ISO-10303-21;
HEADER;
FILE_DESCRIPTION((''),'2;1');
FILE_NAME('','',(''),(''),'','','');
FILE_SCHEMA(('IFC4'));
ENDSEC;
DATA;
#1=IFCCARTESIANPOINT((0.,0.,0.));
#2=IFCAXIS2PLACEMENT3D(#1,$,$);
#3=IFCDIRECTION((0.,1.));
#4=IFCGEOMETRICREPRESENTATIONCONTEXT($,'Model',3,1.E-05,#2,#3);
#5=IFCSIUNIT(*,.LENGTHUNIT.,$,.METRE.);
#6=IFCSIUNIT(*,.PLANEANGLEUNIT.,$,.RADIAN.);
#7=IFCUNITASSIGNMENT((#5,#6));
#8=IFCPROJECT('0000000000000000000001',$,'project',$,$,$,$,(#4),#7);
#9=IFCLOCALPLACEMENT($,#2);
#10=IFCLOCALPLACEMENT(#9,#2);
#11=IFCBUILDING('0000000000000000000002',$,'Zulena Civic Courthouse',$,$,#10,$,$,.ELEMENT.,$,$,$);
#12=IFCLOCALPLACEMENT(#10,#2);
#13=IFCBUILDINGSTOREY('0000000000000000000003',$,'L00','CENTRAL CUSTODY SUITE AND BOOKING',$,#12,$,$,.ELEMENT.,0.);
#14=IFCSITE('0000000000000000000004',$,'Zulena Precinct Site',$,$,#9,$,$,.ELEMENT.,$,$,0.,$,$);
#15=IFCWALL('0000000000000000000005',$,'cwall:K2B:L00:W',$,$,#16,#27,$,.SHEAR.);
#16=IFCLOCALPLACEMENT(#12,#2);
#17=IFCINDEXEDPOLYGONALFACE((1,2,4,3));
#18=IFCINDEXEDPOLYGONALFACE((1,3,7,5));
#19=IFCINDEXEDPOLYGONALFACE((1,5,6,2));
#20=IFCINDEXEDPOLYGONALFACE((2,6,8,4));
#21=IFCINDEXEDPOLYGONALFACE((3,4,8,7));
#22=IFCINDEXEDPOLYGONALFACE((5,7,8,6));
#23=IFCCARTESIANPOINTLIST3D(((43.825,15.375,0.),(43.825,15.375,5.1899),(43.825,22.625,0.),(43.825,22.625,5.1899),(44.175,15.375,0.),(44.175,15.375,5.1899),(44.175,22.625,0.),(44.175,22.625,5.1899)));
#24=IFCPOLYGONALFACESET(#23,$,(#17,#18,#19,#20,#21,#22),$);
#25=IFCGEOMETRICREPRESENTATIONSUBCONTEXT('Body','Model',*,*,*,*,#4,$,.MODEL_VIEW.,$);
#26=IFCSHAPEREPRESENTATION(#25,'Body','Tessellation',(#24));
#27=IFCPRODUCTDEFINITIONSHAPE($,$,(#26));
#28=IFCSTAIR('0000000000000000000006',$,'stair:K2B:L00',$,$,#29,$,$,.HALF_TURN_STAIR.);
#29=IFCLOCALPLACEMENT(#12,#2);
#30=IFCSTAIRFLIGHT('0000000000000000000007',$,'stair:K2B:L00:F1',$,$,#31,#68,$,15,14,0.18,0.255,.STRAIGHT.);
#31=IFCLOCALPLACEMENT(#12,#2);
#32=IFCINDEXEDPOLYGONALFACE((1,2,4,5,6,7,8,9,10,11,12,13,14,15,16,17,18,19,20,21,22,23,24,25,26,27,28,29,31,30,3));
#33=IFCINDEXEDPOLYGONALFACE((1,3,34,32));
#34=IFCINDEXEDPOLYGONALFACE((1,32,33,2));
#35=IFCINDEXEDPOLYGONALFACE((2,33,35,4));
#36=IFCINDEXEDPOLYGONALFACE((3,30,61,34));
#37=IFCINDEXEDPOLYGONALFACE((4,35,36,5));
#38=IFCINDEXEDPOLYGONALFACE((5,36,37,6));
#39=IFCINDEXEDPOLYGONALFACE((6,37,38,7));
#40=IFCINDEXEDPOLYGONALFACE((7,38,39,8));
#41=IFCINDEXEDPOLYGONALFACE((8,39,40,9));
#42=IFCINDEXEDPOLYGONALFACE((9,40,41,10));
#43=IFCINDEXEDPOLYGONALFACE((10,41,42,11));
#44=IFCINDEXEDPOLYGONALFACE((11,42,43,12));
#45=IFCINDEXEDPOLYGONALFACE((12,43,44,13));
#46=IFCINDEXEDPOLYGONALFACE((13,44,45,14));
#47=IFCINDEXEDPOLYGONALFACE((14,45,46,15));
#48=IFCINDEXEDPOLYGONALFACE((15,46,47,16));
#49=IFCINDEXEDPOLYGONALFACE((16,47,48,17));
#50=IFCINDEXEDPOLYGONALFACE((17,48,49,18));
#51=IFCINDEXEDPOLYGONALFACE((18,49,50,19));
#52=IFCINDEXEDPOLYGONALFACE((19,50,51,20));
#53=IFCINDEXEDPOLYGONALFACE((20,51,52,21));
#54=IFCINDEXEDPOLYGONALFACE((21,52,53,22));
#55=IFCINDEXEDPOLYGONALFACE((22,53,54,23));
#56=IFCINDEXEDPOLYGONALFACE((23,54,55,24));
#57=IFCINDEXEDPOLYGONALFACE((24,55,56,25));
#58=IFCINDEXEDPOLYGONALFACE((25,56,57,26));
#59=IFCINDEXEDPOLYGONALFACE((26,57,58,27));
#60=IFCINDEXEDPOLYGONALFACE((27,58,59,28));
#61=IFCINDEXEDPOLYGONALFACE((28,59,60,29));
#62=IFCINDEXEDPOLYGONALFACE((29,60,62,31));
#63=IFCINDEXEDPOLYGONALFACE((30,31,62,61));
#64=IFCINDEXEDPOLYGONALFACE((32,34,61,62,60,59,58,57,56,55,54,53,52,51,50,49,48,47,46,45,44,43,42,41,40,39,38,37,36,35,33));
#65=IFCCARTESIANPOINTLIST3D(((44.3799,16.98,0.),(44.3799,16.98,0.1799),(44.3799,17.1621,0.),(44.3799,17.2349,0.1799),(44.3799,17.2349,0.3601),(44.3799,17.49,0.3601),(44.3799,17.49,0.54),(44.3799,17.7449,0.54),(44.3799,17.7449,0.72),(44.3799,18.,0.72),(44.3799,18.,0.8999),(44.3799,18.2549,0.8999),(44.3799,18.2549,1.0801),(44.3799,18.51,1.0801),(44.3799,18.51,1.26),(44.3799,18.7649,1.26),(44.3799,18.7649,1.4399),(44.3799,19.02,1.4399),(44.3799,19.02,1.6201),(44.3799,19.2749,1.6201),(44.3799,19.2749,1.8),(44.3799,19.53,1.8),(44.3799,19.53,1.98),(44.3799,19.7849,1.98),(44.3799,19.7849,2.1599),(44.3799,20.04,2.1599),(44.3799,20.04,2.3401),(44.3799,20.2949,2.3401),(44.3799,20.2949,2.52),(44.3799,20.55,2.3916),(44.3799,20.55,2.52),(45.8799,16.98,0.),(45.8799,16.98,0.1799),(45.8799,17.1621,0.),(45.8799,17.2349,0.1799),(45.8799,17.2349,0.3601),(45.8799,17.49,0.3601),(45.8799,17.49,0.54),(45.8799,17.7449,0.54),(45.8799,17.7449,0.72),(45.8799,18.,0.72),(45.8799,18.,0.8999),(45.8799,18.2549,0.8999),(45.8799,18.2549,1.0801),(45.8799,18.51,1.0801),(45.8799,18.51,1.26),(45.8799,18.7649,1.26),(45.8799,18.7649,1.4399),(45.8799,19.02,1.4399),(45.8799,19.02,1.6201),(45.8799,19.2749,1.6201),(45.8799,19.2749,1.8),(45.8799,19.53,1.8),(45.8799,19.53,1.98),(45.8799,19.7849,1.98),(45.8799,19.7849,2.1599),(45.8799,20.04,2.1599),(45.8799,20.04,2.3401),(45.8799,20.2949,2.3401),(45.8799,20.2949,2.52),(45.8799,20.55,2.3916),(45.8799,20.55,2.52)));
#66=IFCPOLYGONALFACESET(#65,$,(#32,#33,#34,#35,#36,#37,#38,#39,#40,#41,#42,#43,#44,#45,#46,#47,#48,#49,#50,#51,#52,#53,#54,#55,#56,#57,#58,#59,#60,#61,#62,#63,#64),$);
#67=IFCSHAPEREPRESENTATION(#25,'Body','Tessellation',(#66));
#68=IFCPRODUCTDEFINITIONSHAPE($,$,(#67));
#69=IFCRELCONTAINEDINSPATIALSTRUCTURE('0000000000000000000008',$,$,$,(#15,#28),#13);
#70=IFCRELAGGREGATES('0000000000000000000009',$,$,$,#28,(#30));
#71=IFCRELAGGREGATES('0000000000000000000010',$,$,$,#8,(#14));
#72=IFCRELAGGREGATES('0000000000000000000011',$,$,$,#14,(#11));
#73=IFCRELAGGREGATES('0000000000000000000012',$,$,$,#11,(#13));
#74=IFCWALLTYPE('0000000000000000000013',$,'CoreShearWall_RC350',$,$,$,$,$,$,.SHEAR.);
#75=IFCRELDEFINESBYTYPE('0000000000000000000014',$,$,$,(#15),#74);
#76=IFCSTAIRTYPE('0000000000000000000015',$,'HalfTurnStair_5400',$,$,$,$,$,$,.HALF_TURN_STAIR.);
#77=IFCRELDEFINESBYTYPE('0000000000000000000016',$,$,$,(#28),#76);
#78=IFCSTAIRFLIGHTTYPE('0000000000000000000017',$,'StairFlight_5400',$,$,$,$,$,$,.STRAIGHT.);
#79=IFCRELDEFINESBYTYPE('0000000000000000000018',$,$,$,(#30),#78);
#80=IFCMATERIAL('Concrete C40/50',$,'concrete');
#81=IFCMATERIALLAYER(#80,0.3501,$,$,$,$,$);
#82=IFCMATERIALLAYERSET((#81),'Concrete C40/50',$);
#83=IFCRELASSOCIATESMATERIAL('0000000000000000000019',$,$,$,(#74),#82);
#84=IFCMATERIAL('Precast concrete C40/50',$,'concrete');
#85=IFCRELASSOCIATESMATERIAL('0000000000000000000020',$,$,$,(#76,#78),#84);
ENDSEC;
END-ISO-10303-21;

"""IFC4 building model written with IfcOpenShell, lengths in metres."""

from ifc_helpers import new_model, si_unit, direction, frame, frame_2d, origin, place, context, subcontext, project, spatial, polyline, rectangle, outline, extrude, material, layer, layer_set, type_object, element, aggregate, save


model = new_model("IFC4")

# Units and contexts
model_context = context("Model", 3, precision=1e-05, world=origin(), true_north=direction((0.0, 1.0)))
body_context = subcontext(model_context, "Body", "Model", "MODEL_VIEW")
ifc_project = project(units=[si_unit("LENGTHUNIT", "METRE"), si_unit("PLANEANGLEUNIT", "RADIAN")], contexts=[model_context])

# Site, building, storey
site_placement = place(None, origin())
site = spatial("IfcSite", under=ifc_project, at=site_placement, Name="Zulena Precinct Site", CompositionType="ELEMENT", RefElevation=0.0)
building_placement = place(site_placement, origin())
building = spatial("IfcBuilding", under=site, at=building_placement, Name="Zulena Civic Courthouse", CompositionType="ELEMENT")
storey_placement = place(building_placement, origin())
storey = spatial("IfcBuildingStorey", under=building, at=storey_placement, Name="L00", Description="CENTRAL CUSTODY SUITE AND BOOKING", CompositionType="ELEMENT", Elevation=0.0)

# Shared definitions
ifc_material_1 = material(Name="Concrete C40/50", Category="concrete")

# Shared definitions
ifc_layer_1 = layer(ifc_material_1, 0.3501)
ifc_layer_set_1 = layer_set([ifc_layer_1], Name="Concrete C40/50")
wall_type = type_object("IfcWallType", Name="CoreShearWall_RC350", PredefinedType="SHEAR", material=ifc_layer_set_1)

# Wall
wall_1_placement = place(storey_placement, frame((44.0, 15.375, 0.0), z_axis=(0.0, 0.0, 1.0), x_axis=(0.0, 1.0, 0.0)))
element("IfcWall", 1, at=wall_1_placement, inside=storey, type_object=wall_type, Name="cwall:K2B:L00:W", PredefinedType="SHEAR", context=body_context, shape_type="SweptSolid", body=[
    extrude(rectangle(XDim=7.25, YDim=0.3501, at=frame_2d((3.625, 0.0))), origin(), (0.0, 0.0, 1.0), 5.1899),
])

# Stair, stair flight
ifc_material_2 = material(Name="Precast concrete C40/50", Category="concrete")
stair_type = type_object("IfcStairType", Name="HalfTurnStair_5400", PredefinedType="HALF_TURN_STAIR", material=ifc_material_2)
stair_placement = place(storey_placement, origin())
stair = element("IfcStair", 2, at=stair_placement, inside=storey, type_object=stair_type, Name="stair:K2B:L00", PredefinedType="HALF_TURN_STAIR")
stair_flight_type = type_object("IfcStairFlightType", Name="StairFlight_5400", PredefinedType="STRAIGHT", material=ifc_material_2)
stair_flight_placement = place(storey_placement, frame((45.1299, 16.98, 0.0), z_axis=(0.0, 0.0, 1.0), x_axis=(0.0, 1.0, 0.0)))
stair_flight = element("IfcStairFlight", 3, at=stair_flight_placement, type_object=stair_flight_type, Name="stair:K2B:L00:F1", NumberOfRisers=15, NumberOfTreads=14, PredefinedType="STRAIGHT", RiserHeight=0.18, TreadLength=0.255, context=body_context, shape_type="SweptSolid", body=[
    extrude(outline(polyline([(0.0, 0.0), (0.0, 0.1799), (0.2549, 0.1799), (0.2549, 0.3601), (0.51, 0.3601), (0.51, 0.54), (0.7649, 0.54), (0.7649, 0.72), (1.02, 0.72), (1.02, 0.8999), (1.2749, 0.8999), (1.2749, 1.0801), (1.53, 1.0801), (1.53, 1.26), (1.7849, 1.26), (1.7849, 1.4399), (2.04, 1.4399), (2.04, 1.6201), (2.2949, 1.6201), (2.2949, 1.8), (2.55, 1.8), (2.55, 1.98), (2.8049, 1.98), (2.8049, 2.1599), (3.0601, 2.1599), (3.0601, 2.3401), (3.3149, 2.3401), (3.3149, 2.52), (3.5701, 2.52), (3.5701, 2.7), (3.5701, 2.3916), (0.1821, 0.0), (0.0, 0.0)])), frame((0.0, 0.75, 0.0), z_axis=(0.0, -1.0, 0.0), x_axis=(1.0, 0.0, 0.0)), (0.0, 0.0, 1.0), 1.5),
])
aggregate(stair, [stair_flight])

save(model, "model.ifc")
